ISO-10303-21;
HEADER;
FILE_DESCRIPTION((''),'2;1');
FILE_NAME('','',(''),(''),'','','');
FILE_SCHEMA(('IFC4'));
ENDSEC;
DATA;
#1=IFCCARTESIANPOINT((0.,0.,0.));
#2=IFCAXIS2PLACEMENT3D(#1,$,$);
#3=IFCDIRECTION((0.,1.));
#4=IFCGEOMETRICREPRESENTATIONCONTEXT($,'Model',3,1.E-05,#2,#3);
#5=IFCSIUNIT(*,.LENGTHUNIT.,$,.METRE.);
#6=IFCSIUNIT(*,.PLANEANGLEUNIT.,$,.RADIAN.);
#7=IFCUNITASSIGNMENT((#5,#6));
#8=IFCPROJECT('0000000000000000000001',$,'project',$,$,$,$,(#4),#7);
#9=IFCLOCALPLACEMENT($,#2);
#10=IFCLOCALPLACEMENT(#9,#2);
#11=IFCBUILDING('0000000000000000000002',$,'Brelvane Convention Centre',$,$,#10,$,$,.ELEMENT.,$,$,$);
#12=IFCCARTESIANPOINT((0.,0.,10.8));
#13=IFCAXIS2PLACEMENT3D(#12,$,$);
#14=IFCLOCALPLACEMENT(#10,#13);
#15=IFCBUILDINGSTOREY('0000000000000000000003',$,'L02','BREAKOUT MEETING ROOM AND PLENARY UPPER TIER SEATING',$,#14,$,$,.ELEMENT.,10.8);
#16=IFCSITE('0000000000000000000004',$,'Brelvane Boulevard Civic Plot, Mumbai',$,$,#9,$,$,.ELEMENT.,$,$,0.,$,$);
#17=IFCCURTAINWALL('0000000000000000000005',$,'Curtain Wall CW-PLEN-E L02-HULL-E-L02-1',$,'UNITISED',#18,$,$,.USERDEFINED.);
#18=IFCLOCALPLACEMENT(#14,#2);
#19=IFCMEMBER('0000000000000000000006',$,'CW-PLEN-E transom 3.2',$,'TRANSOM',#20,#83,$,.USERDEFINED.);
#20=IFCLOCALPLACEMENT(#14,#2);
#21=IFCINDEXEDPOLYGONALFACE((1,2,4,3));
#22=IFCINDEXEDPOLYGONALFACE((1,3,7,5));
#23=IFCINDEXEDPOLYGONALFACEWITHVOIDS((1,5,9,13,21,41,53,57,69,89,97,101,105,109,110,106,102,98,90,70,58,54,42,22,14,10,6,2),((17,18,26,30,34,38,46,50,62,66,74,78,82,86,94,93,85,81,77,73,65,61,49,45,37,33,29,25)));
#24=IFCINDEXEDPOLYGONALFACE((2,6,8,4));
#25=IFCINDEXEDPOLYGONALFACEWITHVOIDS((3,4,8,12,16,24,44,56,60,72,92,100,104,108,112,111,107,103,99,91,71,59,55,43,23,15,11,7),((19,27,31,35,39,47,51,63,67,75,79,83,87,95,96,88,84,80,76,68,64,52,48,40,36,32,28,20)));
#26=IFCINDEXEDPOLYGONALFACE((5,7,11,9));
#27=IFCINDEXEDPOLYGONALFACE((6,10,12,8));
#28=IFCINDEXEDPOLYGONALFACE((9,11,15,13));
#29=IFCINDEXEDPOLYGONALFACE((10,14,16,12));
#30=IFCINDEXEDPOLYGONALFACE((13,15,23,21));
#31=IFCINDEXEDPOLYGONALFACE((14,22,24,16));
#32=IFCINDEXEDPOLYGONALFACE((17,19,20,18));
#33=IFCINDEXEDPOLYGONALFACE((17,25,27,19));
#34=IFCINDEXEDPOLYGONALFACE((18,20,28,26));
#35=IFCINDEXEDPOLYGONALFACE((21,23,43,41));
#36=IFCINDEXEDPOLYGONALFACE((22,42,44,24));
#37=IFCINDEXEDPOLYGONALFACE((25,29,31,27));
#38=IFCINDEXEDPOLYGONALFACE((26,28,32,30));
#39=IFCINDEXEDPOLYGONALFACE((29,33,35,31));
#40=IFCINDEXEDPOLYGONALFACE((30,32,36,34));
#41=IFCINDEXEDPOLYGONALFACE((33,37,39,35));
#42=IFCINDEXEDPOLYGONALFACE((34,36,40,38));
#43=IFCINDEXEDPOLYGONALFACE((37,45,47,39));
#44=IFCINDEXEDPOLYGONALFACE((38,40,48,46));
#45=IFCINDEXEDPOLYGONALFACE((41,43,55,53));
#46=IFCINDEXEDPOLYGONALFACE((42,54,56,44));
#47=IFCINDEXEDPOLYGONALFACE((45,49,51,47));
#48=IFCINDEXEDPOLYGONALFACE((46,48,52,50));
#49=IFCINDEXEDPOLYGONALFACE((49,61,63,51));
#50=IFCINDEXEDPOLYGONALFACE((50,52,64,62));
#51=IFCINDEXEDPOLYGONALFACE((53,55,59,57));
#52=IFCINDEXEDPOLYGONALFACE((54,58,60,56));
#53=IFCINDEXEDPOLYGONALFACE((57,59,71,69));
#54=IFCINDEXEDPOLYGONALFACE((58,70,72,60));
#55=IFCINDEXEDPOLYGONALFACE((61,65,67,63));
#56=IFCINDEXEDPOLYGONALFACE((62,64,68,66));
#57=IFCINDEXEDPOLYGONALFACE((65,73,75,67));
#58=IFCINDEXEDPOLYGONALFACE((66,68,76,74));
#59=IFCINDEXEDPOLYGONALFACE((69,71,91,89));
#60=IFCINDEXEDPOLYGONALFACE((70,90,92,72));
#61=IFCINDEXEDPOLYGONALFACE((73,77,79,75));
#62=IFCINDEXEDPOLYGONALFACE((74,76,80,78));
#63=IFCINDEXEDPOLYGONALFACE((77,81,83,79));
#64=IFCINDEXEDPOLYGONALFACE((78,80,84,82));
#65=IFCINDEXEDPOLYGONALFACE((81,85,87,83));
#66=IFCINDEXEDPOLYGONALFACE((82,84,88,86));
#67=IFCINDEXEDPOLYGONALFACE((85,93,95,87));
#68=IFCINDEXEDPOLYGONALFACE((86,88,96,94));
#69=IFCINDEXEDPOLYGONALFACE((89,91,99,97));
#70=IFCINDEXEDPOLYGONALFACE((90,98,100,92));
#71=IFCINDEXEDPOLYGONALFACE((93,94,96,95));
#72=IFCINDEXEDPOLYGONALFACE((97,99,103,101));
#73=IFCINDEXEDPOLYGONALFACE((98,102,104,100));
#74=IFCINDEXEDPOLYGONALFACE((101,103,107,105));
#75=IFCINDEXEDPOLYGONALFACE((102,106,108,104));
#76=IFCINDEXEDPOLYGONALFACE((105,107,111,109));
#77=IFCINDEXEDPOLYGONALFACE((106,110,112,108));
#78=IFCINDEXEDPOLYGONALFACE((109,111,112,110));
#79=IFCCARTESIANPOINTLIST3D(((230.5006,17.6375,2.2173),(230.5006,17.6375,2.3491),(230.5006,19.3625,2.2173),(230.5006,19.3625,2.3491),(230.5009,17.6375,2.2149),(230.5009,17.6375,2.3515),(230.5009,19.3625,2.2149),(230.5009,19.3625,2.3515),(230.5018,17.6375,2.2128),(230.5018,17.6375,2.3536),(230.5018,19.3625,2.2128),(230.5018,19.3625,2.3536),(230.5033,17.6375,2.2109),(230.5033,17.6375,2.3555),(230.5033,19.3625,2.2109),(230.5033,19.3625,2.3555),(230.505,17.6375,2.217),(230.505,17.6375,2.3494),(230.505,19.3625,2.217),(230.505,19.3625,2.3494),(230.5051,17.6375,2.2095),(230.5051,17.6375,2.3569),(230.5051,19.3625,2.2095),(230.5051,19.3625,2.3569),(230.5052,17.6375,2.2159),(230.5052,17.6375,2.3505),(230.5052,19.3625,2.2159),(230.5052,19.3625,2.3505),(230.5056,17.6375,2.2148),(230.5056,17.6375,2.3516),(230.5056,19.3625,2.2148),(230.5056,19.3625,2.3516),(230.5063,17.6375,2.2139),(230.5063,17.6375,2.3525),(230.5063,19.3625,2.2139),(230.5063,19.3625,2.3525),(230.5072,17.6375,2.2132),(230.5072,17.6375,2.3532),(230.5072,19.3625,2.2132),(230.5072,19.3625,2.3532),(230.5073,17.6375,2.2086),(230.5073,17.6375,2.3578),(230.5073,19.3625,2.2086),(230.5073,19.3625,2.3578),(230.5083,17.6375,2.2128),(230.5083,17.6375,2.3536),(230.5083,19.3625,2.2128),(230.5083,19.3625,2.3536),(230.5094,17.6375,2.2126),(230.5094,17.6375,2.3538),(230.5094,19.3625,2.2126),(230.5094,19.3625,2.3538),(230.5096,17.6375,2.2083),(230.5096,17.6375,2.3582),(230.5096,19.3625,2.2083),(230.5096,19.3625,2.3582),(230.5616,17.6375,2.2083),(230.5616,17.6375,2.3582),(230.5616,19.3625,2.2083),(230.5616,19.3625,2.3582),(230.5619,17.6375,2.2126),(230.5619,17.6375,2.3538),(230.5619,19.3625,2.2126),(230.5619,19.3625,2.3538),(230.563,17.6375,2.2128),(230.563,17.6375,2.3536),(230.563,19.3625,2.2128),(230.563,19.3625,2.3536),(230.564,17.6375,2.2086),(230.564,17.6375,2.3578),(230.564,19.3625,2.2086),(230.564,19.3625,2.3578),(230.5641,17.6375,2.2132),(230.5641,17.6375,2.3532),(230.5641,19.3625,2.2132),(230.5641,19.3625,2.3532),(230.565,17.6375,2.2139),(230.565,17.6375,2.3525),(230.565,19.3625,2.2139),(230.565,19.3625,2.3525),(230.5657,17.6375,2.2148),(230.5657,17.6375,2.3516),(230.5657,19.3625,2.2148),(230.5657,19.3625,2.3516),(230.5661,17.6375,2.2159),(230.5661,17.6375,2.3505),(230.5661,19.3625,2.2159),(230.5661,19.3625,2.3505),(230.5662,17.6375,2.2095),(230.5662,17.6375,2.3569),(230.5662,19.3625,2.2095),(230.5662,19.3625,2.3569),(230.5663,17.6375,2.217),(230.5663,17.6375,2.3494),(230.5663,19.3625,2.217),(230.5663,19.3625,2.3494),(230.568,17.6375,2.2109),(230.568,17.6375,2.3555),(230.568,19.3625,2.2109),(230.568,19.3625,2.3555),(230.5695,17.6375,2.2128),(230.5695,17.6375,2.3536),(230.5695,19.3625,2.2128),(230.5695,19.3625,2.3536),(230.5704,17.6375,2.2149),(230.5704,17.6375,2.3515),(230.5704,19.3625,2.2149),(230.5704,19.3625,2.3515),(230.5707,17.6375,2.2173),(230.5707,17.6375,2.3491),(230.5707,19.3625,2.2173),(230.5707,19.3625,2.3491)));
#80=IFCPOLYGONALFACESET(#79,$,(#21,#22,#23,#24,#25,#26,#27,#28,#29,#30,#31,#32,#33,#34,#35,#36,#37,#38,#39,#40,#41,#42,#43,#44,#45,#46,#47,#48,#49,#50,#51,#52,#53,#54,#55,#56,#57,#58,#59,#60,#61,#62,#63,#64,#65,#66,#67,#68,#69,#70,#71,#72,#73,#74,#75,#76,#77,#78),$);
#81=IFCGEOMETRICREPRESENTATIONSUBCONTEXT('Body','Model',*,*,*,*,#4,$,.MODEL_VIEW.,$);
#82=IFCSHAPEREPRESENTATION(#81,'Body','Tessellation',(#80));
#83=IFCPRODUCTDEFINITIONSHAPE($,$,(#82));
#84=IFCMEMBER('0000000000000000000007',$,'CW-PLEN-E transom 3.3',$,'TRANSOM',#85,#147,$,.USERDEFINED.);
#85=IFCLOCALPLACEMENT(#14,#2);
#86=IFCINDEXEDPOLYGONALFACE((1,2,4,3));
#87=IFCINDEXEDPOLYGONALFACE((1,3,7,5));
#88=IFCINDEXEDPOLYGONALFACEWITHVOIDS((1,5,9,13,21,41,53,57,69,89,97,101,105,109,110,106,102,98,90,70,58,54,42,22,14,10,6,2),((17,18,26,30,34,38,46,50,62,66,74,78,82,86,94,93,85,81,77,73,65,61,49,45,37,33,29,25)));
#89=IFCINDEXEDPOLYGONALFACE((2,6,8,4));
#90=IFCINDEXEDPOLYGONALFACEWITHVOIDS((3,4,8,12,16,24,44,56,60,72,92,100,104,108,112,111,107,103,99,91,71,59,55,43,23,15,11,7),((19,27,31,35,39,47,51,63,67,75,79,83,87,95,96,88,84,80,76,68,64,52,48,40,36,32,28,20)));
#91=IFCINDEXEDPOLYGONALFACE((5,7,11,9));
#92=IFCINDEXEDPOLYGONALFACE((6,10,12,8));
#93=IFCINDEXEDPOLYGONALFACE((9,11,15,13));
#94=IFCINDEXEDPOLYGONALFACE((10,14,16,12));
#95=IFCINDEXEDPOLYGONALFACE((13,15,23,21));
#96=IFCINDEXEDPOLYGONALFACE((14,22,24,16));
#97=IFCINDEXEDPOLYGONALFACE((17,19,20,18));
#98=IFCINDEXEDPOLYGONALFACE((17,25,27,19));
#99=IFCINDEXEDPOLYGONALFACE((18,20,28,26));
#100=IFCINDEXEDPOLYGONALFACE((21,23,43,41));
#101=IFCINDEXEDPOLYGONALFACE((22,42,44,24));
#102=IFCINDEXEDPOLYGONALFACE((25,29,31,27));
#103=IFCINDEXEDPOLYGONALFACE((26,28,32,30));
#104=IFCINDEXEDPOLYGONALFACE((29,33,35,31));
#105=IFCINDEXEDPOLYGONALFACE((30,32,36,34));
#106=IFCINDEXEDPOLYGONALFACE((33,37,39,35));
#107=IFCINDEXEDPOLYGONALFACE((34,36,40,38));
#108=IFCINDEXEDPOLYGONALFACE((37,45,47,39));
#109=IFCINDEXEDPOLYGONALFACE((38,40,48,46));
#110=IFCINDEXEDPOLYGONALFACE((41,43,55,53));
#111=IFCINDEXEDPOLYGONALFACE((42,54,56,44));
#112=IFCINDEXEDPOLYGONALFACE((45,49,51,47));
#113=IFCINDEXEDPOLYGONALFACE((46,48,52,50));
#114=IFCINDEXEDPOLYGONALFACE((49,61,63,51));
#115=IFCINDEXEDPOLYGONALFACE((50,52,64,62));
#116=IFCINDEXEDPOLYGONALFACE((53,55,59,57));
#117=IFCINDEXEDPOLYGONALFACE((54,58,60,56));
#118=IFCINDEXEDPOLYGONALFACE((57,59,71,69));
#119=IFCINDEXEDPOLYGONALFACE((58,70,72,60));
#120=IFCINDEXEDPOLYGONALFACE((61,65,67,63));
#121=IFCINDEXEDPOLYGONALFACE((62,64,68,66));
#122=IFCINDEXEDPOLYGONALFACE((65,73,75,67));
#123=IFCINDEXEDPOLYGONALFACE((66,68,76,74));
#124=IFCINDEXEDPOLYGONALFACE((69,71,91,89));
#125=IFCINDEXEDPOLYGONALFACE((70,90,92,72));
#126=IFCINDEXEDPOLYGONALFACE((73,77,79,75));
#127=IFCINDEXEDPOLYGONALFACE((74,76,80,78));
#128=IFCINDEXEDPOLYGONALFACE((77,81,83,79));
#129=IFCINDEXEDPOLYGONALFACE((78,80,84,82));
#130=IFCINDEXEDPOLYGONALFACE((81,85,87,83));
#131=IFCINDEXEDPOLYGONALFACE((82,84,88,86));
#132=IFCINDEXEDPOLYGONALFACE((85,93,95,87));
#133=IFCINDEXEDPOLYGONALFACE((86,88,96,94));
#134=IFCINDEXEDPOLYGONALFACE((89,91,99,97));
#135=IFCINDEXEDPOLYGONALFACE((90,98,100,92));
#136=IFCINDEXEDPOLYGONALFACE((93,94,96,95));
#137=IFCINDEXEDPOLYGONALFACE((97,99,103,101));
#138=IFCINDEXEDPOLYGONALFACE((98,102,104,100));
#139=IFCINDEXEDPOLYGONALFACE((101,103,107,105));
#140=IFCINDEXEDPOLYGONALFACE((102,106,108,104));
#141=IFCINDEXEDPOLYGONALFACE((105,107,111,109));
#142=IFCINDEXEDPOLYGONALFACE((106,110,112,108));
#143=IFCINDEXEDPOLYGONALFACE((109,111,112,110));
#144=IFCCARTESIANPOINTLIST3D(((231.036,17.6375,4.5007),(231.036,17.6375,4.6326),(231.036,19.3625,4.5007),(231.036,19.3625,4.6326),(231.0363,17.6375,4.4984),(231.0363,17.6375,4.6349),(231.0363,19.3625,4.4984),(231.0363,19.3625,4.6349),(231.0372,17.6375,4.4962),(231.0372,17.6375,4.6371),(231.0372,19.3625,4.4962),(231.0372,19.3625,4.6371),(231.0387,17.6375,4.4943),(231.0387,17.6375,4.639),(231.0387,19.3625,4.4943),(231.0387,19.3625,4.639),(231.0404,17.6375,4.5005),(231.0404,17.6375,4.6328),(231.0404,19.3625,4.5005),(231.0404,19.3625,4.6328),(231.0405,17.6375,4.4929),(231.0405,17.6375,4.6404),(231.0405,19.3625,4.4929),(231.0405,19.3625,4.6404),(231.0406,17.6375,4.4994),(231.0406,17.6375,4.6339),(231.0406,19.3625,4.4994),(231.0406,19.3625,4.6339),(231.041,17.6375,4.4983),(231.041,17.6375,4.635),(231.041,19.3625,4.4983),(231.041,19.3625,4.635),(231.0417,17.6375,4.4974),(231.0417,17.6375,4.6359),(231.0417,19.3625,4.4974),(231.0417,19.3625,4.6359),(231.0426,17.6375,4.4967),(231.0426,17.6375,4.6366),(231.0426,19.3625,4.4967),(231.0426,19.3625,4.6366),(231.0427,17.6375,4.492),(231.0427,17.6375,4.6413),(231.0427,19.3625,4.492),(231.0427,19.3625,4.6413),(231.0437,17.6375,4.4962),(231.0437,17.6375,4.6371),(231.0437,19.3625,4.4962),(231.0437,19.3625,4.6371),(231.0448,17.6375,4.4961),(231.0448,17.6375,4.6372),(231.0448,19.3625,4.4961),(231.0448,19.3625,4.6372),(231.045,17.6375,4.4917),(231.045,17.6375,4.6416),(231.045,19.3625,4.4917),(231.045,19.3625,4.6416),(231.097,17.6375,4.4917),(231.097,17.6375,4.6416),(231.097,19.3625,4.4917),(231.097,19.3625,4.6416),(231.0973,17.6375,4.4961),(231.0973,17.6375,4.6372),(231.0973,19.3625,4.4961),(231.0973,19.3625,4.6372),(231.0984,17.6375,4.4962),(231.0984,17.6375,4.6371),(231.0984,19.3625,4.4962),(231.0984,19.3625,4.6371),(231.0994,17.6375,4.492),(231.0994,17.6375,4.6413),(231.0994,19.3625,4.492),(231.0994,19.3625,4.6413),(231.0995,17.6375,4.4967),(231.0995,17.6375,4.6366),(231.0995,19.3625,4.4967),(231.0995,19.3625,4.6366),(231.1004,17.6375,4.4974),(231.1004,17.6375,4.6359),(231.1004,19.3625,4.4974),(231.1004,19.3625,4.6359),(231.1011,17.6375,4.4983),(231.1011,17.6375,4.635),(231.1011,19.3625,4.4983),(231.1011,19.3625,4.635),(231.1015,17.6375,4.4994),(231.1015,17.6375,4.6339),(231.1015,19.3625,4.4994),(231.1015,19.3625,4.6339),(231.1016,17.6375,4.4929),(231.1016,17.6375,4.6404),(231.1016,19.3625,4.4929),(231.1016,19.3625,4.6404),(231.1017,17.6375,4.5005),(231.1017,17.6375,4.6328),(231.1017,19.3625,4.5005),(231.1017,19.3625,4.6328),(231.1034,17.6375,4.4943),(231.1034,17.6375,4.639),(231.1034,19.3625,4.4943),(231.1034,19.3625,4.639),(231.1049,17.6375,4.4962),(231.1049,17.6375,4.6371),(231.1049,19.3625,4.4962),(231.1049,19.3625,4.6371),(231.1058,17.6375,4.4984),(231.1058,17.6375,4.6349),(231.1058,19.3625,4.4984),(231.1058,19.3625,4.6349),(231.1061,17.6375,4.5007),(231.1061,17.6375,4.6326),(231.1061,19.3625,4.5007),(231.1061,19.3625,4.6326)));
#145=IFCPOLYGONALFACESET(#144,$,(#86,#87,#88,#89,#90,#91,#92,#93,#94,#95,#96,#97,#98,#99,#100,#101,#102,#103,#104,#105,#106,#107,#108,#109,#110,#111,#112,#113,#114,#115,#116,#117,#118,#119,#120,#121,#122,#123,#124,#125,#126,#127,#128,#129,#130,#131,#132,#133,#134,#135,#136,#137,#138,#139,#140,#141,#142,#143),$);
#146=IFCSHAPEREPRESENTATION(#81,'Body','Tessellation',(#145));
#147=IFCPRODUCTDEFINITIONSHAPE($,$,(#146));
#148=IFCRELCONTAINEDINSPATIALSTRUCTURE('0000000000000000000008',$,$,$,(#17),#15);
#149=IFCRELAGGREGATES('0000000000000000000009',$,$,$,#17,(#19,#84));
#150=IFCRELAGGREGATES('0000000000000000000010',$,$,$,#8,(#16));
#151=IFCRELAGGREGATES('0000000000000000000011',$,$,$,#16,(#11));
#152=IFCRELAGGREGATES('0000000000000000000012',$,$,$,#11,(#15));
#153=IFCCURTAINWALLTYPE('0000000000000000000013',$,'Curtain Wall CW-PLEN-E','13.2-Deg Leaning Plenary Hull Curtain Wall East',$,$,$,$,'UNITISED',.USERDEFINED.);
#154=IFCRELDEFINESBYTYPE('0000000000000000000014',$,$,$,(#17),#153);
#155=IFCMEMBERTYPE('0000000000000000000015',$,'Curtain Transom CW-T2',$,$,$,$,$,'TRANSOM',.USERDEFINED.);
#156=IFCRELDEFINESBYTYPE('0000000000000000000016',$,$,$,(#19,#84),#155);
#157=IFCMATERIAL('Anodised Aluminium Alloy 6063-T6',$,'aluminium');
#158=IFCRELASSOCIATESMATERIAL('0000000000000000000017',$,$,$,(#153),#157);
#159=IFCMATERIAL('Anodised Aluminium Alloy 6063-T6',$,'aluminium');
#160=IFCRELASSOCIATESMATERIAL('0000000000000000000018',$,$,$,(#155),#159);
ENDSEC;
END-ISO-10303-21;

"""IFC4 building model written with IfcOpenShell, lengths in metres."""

from ifc_helpers import new_model, si_unit, direction, frame, origin, origin_2d, place, context, subcontext, project, spatial, hollow_rectangle, extrude, material, material_profile, profile_set, type_object, element, aggregate, save


model = new_model("IFC4")

# Units and contexts
model_context = context("Model", 3, precision=1e-05, world=origin(), true_north=direction((0.0, 1.0)))
body_context = subcontext(model_context, "Body", "Model", "MODEL_VIEW")
ifc_project = project(units=[si_unit("LENGTHUNIT", "METRE"), si_unit("PLANEANGLEUNIT", "RADIAN")], contexts=[model_context])

# Site, building, storey
site_placement = place(None, origin())
site = spatial("IfcSite", under=ifc_project, at=site_placement, Name="Brelvane Boulevard Civic Plot, Mumbai", CompositionType="ELEMENT", RefElevation=0.0)
building_placement = place(site_placement, origin())
building = spatial("IfcBuilding", under=site, at=building_placement, Name="Brelvane Convention Centre", CompositionType="ELEMENT")
storey_placement = place(building_placement, frame((0.0, 0.0, 10.8)))
storey = spatial("IfcBuildingStorey", under=building, at=storey_placement, Name="L02", Description="BREAKOUT MEETING ROOM AND PLENARY UPPER TIER SEATING", CompositionType="ELEMENT", Elevation=10.8)

# Curtain wall, members
ifc_material_1 = material(Name="Anodised Aluminium Alloy 6063-T6", Category="aluminium")
curtain_wall_type = type_object("IfcCurtainWallType", Name="Curtain Wall CW-PLEN-E", Description="13.2-Deg Leaning Plenary Hull Curtain Wall East", ElementType="UNITISED", PredefinedType="USERDEFINED", material=ifc_material_1)
curtain_wall_placement = place(storey_placement, origin())
curtain_wall = element("IfcCurtainWall", 1, at=curtain_wall_placement, inside=storey, type_object=curtain_wall_type, Name="Curtain Wall CW-PLEN-E L02-HULL-E-L02-1", ObjectType="UNITISED", PredefinedType="USERDEFINED")
ifc_material_2 = material(Name="Anodised Aluminium Alloy 6063-T6", Category="aluminium")
ifc_material_profile_1 = material_profile(ifc_material_2, hollow_rectangle(XDim=0.0701, YDim=0.1499, WallThickness=0.0044, InnerFilletRadius=0.0044, OuterFilletRadius=0.009, at=origin_2d()), Name="ALU-T 150x70x4.5")
ifc_profile_set_1 = profile_set([ifc_material_profile_1], Name="Anodised Aluminium Alloy 6063-T6")
member_type_1 = type_object("IfcMemberType", Name="Curtain Transom CW-T2", ElementType="TRANSOM", PredefinedType="USERDEFINED", material=ifc_profile_set_1)
member_1_placement = place(storey_placement, frame((230.5356, 17.6375, 2.2832), z_axis=(0.0, 1.0, 0.0), x_axis=(-1.0, 0.0, 0.0)))
member_1 = element("IfcMember", 2, at=member_1_placement, type_object=member_type_1, Name="CW-PLEN-E transom 3.2", ObjectType="TRANSOM", PredefinedType="USERDEFINED", context=body_context, shape_type="SweptSolid", body=[
    extrude(hollow_rectangle(XDim=0.0701, YDim=0.1499, WallThickness=0.0044, InnerFilletRadius=0.0044, OuterFilletRadius=0.009, at=origin_2d()), origin(), (0.0, 0.0, 1.0), 1.7251),
])
member_2_placement = place(storey_placement, frame((231.071, 17.6375, 4.5667), z_axis=(0.0, 1.0, 0.0), x_axis=(-1.0, 0.0, 0.0)))
member_2 = element("IfcMember", 3, at=member_2_placement, type_object=member_type_1, Name="CW-PLEN-E transom 3.3", ObjectType="TRANSOM", PredefinedType="USERDEFINED", context=body_context, shape_type="SweptSolid", body=[
    extrude(hollow_rectangle(XDim=0.0701, YDim=0.1499, WallThickness=0.0044, InnerFilletRadius=0.0044, OuterFilletRadius=0.009, at=origin_2d()), origin(), (0.0, 0.0, 1.0), 1.7251),
])
aggregate(curtain_wall, [member_1, member_2])

save(model, "model.ifc")
